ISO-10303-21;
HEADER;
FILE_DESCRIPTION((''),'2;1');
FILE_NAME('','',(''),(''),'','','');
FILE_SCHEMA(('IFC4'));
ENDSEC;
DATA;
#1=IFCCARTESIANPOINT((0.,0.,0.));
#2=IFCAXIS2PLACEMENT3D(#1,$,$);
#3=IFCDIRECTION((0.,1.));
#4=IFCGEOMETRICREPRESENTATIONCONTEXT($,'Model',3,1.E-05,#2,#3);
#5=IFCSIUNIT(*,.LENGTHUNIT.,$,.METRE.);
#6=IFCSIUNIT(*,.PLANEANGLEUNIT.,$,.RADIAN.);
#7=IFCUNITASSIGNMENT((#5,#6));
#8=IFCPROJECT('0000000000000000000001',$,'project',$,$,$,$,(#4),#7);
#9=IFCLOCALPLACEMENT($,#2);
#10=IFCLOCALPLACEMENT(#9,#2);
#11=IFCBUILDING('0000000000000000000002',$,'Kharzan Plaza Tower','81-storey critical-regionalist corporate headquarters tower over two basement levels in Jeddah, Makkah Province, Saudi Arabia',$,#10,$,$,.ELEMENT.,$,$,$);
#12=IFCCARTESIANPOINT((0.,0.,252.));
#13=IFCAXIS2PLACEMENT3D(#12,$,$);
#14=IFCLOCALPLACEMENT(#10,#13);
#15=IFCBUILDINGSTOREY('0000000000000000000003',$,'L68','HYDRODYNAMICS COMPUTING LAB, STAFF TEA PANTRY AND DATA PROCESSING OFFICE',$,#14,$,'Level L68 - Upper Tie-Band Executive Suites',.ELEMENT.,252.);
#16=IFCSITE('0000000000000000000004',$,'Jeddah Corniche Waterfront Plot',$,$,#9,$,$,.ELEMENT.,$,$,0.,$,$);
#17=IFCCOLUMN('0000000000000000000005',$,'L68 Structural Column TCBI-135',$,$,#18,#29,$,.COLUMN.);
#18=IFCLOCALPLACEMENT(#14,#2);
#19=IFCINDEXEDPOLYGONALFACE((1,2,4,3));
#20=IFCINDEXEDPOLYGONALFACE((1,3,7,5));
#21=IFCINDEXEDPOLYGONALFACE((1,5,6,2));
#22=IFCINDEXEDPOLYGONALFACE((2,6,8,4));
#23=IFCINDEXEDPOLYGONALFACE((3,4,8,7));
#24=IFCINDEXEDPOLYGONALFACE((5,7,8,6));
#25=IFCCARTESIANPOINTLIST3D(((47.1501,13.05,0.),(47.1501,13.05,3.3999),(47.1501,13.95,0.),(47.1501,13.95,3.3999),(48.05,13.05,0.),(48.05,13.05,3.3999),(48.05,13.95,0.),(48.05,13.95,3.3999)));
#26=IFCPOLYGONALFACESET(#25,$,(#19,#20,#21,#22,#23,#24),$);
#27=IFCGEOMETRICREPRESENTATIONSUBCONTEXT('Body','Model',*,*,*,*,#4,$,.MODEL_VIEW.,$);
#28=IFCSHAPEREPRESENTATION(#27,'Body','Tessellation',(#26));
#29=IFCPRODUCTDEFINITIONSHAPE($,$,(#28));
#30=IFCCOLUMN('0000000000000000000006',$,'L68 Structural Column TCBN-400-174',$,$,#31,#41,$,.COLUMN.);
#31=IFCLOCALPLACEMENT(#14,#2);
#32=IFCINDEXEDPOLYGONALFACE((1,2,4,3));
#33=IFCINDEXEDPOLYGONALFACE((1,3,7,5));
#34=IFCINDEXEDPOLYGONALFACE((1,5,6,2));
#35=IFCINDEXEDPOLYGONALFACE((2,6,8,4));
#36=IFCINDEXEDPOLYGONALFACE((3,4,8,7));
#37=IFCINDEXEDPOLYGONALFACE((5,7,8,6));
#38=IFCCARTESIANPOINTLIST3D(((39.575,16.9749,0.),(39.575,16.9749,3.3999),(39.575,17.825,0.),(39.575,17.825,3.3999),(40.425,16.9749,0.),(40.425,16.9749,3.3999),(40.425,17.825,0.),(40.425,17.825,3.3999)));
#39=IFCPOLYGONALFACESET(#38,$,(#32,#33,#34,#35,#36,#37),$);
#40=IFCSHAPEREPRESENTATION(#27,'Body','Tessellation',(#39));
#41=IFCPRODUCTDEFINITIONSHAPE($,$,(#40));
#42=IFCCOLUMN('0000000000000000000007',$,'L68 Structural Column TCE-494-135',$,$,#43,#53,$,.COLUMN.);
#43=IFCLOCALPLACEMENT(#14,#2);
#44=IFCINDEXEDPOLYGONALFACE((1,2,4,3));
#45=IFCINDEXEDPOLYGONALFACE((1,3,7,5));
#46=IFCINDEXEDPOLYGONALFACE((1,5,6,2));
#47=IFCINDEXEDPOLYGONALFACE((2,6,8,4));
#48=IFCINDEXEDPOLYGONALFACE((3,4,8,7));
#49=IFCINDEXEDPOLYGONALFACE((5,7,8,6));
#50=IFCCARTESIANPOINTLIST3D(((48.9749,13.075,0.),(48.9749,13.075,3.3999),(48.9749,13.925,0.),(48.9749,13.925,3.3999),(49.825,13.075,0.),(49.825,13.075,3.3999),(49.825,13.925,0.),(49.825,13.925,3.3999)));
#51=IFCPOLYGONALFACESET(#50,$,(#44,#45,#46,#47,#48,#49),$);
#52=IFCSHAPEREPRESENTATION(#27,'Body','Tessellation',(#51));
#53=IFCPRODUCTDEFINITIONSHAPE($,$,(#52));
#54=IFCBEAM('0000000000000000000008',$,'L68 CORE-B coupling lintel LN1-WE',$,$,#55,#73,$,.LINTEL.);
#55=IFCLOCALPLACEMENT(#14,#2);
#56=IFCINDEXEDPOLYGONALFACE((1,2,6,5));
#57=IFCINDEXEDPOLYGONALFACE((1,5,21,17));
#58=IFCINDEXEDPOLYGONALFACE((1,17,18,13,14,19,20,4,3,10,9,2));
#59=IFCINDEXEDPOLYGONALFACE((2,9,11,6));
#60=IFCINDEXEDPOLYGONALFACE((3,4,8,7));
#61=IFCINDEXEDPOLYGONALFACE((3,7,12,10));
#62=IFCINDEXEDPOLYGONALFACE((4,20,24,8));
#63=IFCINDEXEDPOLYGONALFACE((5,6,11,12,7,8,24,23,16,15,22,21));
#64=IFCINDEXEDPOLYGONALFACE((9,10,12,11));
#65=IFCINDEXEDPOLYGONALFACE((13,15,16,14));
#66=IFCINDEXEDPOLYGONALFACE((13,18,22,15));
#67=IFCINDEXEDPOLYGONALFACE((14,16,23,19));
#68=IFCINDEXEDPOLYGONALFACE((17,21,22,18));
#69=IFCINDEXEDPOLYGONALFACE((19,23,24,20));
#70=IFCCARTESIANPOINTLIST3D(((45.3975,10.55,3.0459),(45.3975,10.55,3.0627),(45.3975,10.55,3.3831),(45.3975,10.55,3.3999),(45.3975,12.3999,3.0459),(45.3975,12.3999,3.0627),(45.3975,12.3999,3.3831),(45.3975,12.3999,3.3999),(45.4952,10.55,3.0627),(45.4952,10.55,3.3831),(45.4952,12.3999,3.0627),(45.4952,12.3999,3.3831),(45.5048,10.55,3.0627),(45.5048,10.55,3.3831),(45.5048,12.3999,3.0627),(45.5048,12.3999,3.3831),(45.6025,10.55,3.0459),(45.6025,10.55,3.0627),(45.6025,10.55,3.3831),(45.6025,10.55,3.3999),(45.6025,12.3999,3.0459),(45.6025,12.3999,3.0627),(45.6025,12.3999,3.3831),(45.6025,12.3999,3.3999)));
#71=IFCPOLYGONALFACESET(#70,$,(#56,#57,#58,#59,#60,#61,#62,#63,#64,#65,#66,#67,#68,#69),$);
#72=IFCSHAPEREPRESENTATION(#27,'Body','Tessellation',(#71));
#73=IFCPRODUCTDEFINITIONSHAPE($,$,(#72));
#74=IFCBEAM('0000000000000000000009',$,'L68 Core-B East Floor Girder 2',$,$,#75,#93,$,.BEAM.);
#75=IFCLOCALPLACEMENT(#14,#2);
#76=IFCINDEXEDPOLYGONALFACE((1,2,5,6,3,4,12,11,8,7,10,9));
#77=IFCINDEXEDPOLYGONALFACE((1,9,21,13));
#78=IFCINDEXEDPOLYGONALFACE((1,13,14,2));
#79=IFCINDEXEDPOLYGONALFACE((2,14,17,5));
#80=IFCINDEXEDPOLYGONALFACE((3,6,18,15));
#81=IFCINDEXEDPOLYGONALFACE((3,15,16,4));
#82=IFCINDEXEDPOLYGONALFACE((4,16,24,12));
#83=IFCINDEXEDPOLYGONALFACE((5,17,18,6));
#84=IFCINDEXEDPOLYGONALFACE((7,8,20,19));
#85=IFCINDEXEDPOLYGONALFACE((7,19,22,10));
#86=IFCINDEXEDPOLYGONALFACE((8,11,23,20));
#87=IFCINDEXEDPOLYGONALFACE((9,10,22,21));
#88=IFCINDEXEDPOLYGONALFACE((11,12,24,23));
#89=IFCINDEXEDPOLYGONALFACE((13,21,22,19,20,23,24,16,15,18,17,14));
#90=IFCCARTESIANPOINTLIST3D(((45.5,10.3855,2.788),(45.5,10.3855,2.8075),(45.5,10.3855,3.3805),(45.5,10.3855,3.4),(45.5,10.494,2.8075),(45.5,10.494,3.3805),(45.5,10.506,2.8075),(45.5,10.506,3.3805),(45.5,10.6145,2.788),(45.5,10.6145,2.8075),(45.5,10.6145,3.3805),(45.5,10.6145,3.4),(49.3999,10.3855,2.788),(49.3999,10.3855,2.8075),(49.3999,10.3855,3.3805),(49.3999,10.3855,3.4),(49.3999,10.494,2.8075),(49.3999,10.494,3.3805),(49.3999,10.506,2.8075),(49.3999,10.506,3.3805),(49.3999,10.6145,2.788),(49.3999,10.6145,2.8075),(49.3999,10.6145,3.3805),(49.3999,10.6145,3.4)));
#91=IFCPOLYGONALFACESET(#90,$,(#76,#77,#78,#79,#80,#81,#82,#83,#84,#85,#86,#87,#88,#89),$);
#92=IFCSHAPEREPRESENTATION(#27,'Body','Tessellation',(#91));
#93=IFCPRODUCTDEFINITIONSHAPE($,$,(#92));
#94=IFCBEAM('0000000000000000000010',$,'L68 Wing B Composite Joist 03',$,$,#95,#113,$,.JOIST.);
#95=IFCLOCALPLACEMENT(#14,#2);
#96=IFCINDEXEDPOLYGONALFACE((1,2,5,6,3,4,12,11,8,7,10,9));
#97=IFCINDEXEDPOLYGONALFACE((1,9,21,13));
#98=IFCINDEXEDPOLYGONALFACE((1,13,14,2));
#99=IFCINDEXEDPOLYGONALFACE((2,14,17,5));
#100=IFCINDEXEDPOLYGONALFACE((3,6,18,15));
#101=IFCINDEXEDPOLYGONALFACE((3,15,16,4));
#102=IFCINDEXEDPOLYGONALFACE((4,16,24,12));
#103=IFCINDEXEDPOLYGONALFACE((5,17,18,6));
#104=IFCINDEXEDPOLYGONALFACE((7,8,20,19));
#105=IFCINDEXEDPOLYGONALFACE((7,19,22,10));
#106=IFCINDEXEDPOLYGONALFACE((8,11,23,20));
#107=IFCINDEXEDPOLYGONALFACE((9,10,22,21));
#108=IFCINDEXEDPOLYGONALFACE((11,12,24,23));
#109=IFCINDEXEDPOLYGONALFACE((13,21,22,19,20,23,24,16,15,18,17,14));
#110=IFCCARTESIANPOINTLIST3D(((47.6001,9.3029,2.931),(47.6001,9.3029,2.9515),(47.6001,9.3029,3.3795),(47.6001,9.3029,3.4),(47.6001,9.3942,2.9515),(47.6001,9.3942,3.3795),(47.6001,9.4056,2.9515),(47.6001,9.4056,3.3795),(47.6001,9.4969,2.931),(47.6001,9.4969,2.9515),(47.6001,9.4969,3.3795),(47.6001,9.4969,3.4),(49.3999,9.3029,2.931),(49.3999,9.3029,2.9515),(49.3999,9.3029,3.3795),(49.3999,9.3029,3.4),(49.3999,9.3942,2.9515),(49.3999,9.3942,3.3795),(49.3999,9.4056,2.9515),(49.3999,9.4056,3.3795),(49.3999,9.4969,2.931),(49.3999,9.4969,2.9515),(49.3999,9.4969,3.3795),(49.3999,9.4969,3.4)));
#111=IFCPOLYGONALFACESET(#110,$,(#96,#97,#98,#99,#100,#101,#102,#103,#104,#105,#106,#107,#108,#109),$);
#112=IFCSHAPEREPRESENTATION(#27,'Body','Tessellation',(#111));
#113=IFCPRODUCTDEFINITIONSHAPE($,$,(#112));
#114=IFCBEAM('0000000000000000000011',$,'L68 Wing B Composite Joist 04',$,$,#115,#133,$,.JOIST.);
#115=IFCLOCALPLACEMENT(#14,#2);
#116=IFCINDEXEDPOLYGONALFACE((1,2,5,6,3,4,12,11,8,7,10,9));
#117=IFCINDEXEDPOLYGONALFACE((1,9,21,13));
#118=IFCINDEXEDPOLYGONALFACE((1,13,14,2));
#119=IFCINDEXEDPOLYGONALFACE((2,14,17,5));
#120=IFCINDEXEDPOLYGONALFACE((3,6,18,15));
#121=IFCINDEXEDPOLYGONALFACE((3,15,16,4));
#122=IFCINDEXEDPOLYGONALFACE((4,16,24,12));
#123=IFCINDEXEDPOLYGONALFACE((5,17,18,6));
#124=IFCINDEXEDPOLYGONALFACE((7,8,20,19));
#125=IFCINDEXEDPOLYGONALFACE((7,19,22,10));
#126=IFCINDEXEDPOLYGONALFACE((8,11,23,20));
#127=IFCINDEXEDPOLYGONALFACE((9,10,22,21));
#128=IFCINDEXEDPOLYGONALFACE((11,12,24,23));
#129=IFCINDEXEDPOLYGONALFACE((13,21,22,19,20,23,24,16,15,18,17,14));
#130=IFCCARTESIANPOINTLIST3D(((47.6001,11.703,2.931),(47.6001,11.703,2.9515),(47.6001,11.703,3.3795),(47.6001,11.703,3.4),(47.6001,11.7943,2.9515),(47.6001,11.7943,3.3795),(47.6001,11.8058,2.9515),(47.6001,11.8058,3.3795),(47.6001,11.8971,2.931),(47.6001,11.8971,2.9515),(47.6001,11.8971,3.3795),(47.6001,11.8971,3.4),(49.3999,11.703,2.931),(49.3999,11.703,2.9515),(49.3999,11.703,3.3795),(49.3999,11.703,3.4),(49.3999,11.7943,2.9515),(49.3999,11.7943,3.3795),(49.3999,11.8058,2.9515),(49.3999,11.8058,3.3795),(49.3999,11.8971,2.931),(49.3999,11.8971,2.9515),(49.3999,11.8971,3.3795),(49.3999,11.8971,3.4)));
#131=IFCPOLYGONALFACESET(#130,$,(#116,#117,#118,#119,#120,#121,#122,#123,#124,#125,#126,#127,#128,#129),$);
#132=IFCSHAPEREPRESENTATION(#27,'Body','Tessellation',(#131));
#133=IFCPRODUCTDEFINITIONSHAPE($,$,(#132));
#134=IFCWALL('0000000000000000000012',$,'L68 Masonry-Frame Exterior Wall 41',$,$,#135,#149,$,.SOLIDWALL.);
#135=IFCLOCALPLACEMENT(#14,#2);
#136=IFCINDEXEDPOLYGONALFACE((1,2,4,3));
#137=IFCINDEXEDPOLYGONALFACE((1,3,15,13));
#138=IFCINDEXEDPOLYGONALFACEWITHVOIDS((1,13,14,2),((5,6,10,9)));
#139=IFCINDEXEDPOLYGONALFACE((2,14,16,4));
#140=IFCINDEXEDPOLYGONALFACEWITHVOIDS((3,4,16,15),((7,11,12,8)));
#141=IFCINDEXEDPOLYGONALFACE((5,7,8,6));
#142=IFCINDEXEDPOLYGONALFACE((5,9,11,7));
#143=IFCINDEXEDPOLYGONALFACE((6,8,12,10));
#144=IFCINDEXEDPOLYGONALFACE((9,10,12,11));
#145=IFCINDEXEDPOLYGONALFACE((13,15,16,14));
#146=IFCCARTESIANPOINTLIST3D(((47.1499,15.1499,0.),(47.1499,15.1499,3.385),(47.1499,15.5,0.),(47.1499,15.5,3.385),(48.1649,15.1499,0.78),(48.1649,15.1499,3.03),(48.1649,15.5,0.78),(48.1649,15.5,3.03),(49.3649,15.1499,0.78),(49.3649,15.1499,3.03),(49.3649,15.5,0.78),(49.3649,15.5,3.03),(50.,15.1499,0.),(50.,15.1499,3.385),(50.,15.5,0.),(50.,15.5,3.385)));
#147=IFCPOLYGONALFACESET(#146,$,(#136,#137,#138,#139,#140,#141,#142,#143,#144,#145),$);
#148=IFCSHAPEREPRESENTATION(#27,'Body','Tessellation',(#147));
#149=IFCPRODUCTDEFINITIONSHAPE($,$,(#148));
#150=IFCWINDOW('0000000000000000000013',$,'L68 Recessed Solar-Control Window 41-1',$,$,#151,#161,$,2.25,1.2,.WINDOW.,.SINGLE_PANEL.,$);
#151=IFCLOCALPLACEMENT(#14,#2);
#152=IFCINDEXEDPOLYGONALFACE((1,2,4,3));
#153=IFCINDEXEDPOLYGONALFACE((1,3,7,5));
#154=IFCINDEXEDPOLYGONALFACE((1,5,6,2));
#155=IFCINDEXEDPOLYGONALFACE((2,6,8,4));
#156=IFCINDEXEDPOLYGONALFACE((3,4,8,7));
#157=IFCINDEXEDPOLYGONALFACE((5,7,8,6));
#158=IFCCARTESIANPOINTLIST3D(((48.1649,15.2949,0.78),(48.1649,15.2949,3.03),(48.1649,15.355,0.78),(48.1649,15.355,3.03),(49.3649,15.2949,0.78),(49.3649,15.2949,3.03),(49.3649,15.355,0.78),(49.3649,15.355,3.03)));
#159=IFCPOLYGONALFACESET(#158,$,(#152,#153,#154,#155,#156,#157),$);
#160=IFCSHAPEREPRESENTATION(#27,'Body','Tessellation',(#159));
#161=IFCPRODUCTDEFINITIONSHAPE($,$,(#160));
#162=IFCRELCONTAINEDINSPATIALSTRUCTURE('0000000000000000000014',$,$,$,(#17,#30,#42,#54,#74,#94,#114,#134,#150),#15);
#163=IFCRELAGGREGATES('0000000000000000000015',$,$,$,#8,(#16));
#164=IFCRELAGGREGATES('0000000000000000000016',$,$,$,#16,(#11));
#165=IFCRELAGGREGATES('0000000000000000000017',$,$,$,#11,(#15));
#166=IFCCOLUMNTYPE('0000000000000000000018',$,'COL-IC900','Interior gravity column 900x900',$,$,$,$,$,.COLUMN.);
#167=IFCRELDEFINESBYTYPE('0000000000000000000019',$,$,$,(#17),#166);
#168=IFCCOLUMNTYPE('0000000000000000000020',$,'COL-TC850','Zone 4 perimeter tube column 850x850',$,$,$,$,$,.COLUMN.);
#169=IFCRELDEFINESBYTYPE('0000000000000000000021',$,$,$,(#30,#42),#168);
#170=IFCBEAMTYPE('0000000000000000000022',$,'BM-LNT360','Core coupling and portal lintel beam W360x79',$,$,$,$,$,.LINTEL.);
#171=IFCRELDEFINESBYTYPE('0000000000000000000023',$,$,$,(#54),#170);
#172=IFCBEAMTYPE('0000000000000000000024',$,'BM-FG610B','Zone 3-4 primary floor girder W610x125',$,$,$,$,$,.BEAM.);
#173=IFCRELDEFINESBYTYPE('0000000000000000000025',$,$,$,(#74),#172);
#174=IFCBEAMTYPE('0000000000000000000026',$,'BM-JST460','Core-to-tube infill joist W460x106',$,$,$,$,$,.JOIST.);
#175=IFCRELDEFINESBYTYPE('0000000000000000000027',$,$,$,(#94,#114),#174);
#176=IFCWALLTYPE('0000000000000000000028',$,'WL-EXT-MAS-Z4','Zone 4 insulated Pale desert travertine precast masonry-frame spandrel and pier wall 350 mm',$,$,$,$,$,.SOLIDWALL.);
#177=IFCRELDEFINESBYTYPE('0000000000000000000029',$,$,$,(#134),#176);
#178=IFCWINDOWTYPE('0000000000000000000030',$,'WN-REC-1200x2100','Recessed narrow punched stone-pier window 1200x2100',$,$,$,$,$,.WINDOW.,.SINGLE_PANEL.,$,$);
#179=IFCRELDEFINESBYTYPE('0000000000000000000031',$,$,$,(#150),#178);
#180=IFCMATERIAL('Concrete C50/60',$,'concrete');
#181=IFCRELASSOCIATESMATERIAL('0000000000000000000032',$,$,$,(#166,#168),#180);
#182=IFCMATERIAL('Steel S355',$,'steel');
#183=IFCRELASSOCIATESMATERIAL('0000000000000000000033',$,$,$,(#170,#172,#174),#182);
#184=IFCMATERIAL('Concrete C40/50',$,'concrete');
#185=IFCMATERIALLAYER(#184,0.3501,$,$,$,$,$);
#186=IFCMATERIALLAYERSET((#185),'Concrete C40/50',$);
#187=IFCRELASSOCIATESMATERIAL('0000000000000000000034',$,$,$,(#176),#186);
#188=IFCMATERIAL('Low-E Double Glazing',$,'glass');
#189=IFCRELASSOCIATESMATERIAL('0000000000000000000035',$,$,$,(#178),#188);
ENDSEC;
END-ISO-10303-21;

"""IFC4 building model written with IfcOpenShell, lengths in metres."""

from ifc_helpers import new_model, si_unit, direction, frame, frame_2d, origin, origin_2d, place, context, subcontext, project, spatial, rectangle, i_section, extrude, source, transform, mapped, material, layer, layer_set, material_profile, profile_set, type_object, element, fill, save


model = new_model("IFC4")

# Units and contexts
model_context = context("Model", 3, precision=1e-05, world=origin(), true_north=direction((0.0, 1.0)))
body_context = subcontext(model_context, "Body", "Model", "MODEL_VIEW")
ifc_project = project(units=[si_unit("LENGTHUNIT", "METRE"), si_unit("PLANEANGLEUNIT", "RADIAN")], contexts=[model_context])

# Site, building, storey
site_placement = place(None, origin())
site = spatial("IfcSite", under=ifc_project, at=site_placement, Name="Jeddah Corniche Waterfront Plot", CompositionType="ELEMENT", RefElevation=0.0)
building_placement = place(site_placement, origin())
building = spatial("IfcBuilding", under=site, at=building_placement, Name="Kharzan Plaza Tower", Description="81-storey critical-regionalist corporate headquarters tower over two basement levels in Jeddah, Makkah Province, Saudi Arabia", CompositionType="ELEMENT")
storey_placement = place(building_placement, frame((0.0, 0.0, 252.0)))
storey = spatial("IfcBuildingStorey", under=building, at=storey_placement, Name="L68", Description="HYDRODYNAMICS COMPUTING LAB, STAFF TEA PANTRY AND DATA PROCESSING OFFICE", LongName="Level L68 - Upper Tie-Band Executive Suites", CompositionType="ELEMENT", Elevation=252.0)

# Columns
ifc_material_1 = material(Name="Concrete C50/60", Category="concrete")
ifc_material_profile_1 = material_profile(ifc_material_1, rectangle(XDim=0.8999, YDim=0.8999, at=origin_2d()), Name="RC-IC900x900")
ifc_profile_set_1 = profile_set([ifc_material_profile_1], Name="Concrete C50/60")
column_type_1 = type_object("IfcColumnType", Name="COL-IC900", Description="Interior gravity column 900x900", PredefinedType="COLUMN", material=ifc_profile_set_1)
shared_shape_1 = source(origin(), body_context, "Body", "SweptSolid", [
    extrude(rectangle(XDim=0.8999, YDim=0.8999, at=origin_2d()), origin(), (0.0, 0.0, 1.0), 3.3999),
])
column_placement = place(storey_placement, frame((47.6001, 13.5, 0.0), z_axis=(0.0, 0.0, 1.0), x_axis=(1.0, 0.0, 0.0)))
element("IfcColumn", 1, at=column_placement, inside=storey, type_object=column_type_1, Name="L68 Structural Column TCBI-135", PredefinedType="COLUMN", context=body_context, shape_type="MappedRepresentation", body=[
    mapped(shared_shape_1, transform((0.0, 0.0, 0.0), x_axis=(1.0, 0.0, 0.0), y_axis=(0.0, 1.0, 0.0), z_axis=(0.0, 0.0, 1.0))),
])
ifc_material_profile_2 = material_profile(ifc_material_1, rectangle(XDim=0.8501, YDim=0.8501, at=origin_2d()), Name="RC-TC850x850")
ifc_profile_set_2 = profile_set([ifc_material_profile_2], Name="Concrete C50/60")
column_type_2 = type_object("IfcColumnType", Name="COL-TC850", Description="Zone 4 perimeter tube column 850x850", PredefinedType="COLUMN", material=ifc_profile_set_2)
shared_shape_2 = source(origin(), body_context, "Body", "SweptSolid", [
    extrude(rectangle(XDim=0.8501, YDim=0.8501, at=origin_2d()), origin(), (0.0, 0.0, 1.0), 3.3999),
])
for number, where, z_axis, x_axis, name in (
    (2, (40.0, 17.3999, 0.0), (0.0, 0.0, 1.0), (1.0, 0.0, 0.0), "L68 Structural Column TCBN-400-174"),
    (3, (49.3999, 13.5, 0.0), (0.0, 0.0, 1.0), (1.0, 0.0, 0.0), "L68 Structural Column TCE-494-135"),
):
    element("IfcColumn", number, at=place(storey_placement, frame(where, z_axis=z_axis, x_axis=x_axis)), inside=storey, type_object=column_type_2, Name=name, PredefinedType="COLUMN", context=body_context, shape_type="MappedRepresentation", body=[
        mapped(shared_shape_2, transform((0.0, 0.0, 0.0), x_axis=(1.0, 0.0, 0.0), y_axis=(0.0, 1.0, 0.0), z_axis=(0.0, 0.0, 1.0))),
    ])

# Beams
ifc_material_2 = material(Name="Steel S355", Category="steel")
ifc_material_profile_3 = material_profile(ifc_material_2, i_section(OverallWidth=0.2051, OverallDepth=0.354, WebThickness=0.0095, FlangeThickness=0.0168, at=origin_2d()), Name="W360x79")
ifc_profile_set_3 = profile_set([ifc_material_profile_3], Name="Steel S355")
beam_type_1 = type_object("IfcBeamType", Name="BM-LNT360", Description="Core coupling and portal lintel beam W360x79", PredefinedType="LINTEL", material=ifc_profile_set_3)
shared_shape_3 = source(origin(), body_context, "Body", "SweptSolid", [
    extrude(i_section(OverallWidth=0.2051, OverallDepth=0.354, WebThickness=0.0095, FlangeThickness=0.0168, at=origin_2d()), origin(), (0.0, 0.0, 1.0), 1.8499),
])
beam_1_placement = place(storey_placement, frame((45.5, 10.55, 3.2229), z_axis=(0.0, 1.0, 0.0), x_axis=(-1.0, 0.0, 0.0)))
element("IfcBeam", 4, at=beam_1_placement, inside=storey, type_object=beam_type_1, Name="L68 CORE-B coupling lintel LN1-WE", PredefinedType="LINTEL", context=body_context, shape_type="MappedRepresentation", body=[
    mapped(shared_shape_3, transform((0.0, 0.0, 0.0), x_axis=(1.0, 0.0, 0.0), y_axis=(0.0, 1.0, 0.0), z_axis=(0.0, 0.0, 1.0))),
])
ifc_material_profile_4 = material_profile(ifc_material_2, i_section(OverallWidth=0.229, OverallDepth=0.6121, WebThickness=0.012, FlangeThickness=0.0195, at=origin_2d()), Name="W610x125")
ifc_profile_set_4 = profile_set([ifc_material_profile_4], Name="Steel S355")
beam_type_2 = type_object("IfcBeamType", Name="BM-FG610B", Description="Zone 3-4 primary floor girder W610x125", PredefinedType="BEAM", material=ifc_profile_set_4)
shared_shape_4 = source(origin(), body_context, "Body", "SweptSolid", [
    extrude(i_section(OverallWidth=0.229, OverallDepth=0.6121, WebThickness=0.012, FlangeThickness=0.0195, at=origin_2d()), origin(), (0.0, 0.0, 1.0), 3.8999),
])
beam_2_placement = place(storey_placement, frame((45.5, 10.5, 3.094), z_axis=(1.0, 0.0, 0.0), x_axis=(0.0, 1.0, 0.0)))
element("IfcBeam", 5, at=beam_2_placement, inside=storey, type_object=beam_type_2, Name="L68 Core-B East Floor Girder 2", PredefinedType="BEAM", context=body_context, shape_type="MappedRepresentation", body=[
    mapped(shared_shape_4, transform((0.0, 0.0, 0.0), x_axis=(1.0, 0.0, 0.0), y_axis=(0.0, 1.0, 0.0), z_axis=(0.0, 0.0, 1.0))),
])
ifc_material_profile_5 = material_profile(ifc_material_2, i_section(OverallWidth=0.1941, OverallDepth=0.469, WebThickness=0.0115, FlangeThickness=0.0205, at=origin_2d()), Name="W460x106")
ifc_profile_set_5 = profile_set([ifc_material_profile_5], Name="Steel S355")
beam_type_3 = type_object("IfcBeamType", Name="BM-JST460", Description="Core-to-tube infill joist W460x106", PredefinedType="JOIST", material=ifc_profile_set_5)
shared_shape_5 = source(origin(), body_context, "Body", "SweptSolid", [
    extrude(i_section(OverallWidth=0.1941, OverallDepth=0.469, WebThickness=0.0115, FlangeThickness=0.0205, at=origin_2d()), origin(), (0.0, 0.0, 1.0), 1.7998),
])
for number, where, z_axis, x_axis, name in (
    (6, (47.6001, 9.3999, 3.1655), (1.0, 0.0, 0.0), (0.0, 1.0, 0.0), "L68 Wing B Composite Joist 03"),
    (7, (47.6001, 11.8, 3.1655), (1.0, 0.0, 0.0), (0.0, 1.0, 0.0), "L68 Wing B Composite Joist 04"),
):
    element("IfcBeam", number, at=place(storey_placement, frame(where, z_axis=z_axis, x_axis=x_axis)), inside=storey, type_object=beam_type_3, Name=name, PredefinedType="JOIST", context=body_context, shape_type="MappedRepresentation", body=[
        mapped(shared_shape_5, transform((0.0, 0.0, 0.0), x_axis=(1.0, 0.0, 0.0), y_axis=(0.0, 1.0, 0.0), z_axis=(0.0, 0.0, 1.0))),
    ])

# Wall, opening, window
ifc_material_3 = material(Name="Concrete C40/50", Category="concrete")
ifc_layer_1 = layer(ifc_material_3, 0.3501)
ifc_layer_set_1 = layer_set([ifc_layer_1], Name="Concrete C40/50")
wall_type_1 = type_object("IfcWallType", Name="WL-EXT-MAS-Z4", Description="Zone 4 insulated Pale desert travertine precast masonry-frame spandrel and pier wall 350 mm", PredefinedType="SOLIDWALL", material=ifc_layer_set_1)
wall_1_placement = place(storey_placement, frame((50.0, 15.325, 0.0), z_axis=(0.0, 0.0, 1.0), x_axis=(-1.0, 0.0, 0.0)))
wall_1 = element("IfcWall", 8, at=wall_1_placement, inside=storey, type_object=wall_type_1, Name="L68 Masonry-Frame Exterior Wall 41", PredefinedType="SOLIDWALL", context=body_context, shape_type="SweptSolid", body=[
    extrude(rectangle(XDim=2.8501, YDim=0.3501, at=frame_2d((1.425, 0.0))), origin(), (0.0, 0.0, 1.0), 3.385),
])
opening_1_placement = place(wall_1_placement, frame((0.635, 0.0, 0.78)))
opening_1 = element("IfcOpeningElement", 9, at=opening_1_placement, cuts=wall_1, PredefinedType="OPENING", context=body_context, shape_type="SweptSolid", body=[
    extrude(rectangle(XDim=1.2, YDim=2.25, at=frame_2d((0.6001, 1.125))), frame((0.0, 0.1851, 0.0), z_axis=(0.0, -1.0, 0.0), x_axis=(1.0, 0.0, 0.0)), (0.0, 0.0, 1.0), 0.3701),
])
ifc_material_4 = material(Name="Low-E Double Glazing", Category="glass")
window_type_1 = type_object("IfcWindowType", Name="WN-REC-1200x2100", Description="Recessed narrow punched stone-pier window 1200x2100", PartitioningType="SINGLE_PANEL", PredefinedType="WINDOW", material=ifc_material_4)
shared_shape_6 = source(origin(), body_context, "Body", "SweptSolid", [
    extrude(rectangle(XDim=1.2, YDim=2.25, at=frame_2d((0.6001, 1.125))), frame((0.0, 0.03, 0.0), z_axis=(0.0, -1.0, 0.0), x_axis=(1.0, 0.0, 0.0)), (0.0, 0.0, 1.0), 0.0601),
])
window_1_placement = place(opening_1_placement, origin())
window_1 = element("IfcWindow", 10, at=window_1_placement, inside=storey, type_object=window_type_1, Name="L68 Recessed Solar-Control Window 41-1", OverallHeight=2.25, OverallWidth=1.2, PartitioningType="SINGLE_PANEL", PredefinedType="WINDOW", context=body_context, shape_type="MappedRepresentation", body=[
    mapped(shared_shape_6, transform((0.0, 0.0, 0.0), x_axis=(1.0, 0.0, 0.0), y_axis=(0.0, 1.0, 0.0), z_axis=(0.0, 0.0, 1.0))),
])
fill(opening_1, window_1)

save(model, "model.ifc")
